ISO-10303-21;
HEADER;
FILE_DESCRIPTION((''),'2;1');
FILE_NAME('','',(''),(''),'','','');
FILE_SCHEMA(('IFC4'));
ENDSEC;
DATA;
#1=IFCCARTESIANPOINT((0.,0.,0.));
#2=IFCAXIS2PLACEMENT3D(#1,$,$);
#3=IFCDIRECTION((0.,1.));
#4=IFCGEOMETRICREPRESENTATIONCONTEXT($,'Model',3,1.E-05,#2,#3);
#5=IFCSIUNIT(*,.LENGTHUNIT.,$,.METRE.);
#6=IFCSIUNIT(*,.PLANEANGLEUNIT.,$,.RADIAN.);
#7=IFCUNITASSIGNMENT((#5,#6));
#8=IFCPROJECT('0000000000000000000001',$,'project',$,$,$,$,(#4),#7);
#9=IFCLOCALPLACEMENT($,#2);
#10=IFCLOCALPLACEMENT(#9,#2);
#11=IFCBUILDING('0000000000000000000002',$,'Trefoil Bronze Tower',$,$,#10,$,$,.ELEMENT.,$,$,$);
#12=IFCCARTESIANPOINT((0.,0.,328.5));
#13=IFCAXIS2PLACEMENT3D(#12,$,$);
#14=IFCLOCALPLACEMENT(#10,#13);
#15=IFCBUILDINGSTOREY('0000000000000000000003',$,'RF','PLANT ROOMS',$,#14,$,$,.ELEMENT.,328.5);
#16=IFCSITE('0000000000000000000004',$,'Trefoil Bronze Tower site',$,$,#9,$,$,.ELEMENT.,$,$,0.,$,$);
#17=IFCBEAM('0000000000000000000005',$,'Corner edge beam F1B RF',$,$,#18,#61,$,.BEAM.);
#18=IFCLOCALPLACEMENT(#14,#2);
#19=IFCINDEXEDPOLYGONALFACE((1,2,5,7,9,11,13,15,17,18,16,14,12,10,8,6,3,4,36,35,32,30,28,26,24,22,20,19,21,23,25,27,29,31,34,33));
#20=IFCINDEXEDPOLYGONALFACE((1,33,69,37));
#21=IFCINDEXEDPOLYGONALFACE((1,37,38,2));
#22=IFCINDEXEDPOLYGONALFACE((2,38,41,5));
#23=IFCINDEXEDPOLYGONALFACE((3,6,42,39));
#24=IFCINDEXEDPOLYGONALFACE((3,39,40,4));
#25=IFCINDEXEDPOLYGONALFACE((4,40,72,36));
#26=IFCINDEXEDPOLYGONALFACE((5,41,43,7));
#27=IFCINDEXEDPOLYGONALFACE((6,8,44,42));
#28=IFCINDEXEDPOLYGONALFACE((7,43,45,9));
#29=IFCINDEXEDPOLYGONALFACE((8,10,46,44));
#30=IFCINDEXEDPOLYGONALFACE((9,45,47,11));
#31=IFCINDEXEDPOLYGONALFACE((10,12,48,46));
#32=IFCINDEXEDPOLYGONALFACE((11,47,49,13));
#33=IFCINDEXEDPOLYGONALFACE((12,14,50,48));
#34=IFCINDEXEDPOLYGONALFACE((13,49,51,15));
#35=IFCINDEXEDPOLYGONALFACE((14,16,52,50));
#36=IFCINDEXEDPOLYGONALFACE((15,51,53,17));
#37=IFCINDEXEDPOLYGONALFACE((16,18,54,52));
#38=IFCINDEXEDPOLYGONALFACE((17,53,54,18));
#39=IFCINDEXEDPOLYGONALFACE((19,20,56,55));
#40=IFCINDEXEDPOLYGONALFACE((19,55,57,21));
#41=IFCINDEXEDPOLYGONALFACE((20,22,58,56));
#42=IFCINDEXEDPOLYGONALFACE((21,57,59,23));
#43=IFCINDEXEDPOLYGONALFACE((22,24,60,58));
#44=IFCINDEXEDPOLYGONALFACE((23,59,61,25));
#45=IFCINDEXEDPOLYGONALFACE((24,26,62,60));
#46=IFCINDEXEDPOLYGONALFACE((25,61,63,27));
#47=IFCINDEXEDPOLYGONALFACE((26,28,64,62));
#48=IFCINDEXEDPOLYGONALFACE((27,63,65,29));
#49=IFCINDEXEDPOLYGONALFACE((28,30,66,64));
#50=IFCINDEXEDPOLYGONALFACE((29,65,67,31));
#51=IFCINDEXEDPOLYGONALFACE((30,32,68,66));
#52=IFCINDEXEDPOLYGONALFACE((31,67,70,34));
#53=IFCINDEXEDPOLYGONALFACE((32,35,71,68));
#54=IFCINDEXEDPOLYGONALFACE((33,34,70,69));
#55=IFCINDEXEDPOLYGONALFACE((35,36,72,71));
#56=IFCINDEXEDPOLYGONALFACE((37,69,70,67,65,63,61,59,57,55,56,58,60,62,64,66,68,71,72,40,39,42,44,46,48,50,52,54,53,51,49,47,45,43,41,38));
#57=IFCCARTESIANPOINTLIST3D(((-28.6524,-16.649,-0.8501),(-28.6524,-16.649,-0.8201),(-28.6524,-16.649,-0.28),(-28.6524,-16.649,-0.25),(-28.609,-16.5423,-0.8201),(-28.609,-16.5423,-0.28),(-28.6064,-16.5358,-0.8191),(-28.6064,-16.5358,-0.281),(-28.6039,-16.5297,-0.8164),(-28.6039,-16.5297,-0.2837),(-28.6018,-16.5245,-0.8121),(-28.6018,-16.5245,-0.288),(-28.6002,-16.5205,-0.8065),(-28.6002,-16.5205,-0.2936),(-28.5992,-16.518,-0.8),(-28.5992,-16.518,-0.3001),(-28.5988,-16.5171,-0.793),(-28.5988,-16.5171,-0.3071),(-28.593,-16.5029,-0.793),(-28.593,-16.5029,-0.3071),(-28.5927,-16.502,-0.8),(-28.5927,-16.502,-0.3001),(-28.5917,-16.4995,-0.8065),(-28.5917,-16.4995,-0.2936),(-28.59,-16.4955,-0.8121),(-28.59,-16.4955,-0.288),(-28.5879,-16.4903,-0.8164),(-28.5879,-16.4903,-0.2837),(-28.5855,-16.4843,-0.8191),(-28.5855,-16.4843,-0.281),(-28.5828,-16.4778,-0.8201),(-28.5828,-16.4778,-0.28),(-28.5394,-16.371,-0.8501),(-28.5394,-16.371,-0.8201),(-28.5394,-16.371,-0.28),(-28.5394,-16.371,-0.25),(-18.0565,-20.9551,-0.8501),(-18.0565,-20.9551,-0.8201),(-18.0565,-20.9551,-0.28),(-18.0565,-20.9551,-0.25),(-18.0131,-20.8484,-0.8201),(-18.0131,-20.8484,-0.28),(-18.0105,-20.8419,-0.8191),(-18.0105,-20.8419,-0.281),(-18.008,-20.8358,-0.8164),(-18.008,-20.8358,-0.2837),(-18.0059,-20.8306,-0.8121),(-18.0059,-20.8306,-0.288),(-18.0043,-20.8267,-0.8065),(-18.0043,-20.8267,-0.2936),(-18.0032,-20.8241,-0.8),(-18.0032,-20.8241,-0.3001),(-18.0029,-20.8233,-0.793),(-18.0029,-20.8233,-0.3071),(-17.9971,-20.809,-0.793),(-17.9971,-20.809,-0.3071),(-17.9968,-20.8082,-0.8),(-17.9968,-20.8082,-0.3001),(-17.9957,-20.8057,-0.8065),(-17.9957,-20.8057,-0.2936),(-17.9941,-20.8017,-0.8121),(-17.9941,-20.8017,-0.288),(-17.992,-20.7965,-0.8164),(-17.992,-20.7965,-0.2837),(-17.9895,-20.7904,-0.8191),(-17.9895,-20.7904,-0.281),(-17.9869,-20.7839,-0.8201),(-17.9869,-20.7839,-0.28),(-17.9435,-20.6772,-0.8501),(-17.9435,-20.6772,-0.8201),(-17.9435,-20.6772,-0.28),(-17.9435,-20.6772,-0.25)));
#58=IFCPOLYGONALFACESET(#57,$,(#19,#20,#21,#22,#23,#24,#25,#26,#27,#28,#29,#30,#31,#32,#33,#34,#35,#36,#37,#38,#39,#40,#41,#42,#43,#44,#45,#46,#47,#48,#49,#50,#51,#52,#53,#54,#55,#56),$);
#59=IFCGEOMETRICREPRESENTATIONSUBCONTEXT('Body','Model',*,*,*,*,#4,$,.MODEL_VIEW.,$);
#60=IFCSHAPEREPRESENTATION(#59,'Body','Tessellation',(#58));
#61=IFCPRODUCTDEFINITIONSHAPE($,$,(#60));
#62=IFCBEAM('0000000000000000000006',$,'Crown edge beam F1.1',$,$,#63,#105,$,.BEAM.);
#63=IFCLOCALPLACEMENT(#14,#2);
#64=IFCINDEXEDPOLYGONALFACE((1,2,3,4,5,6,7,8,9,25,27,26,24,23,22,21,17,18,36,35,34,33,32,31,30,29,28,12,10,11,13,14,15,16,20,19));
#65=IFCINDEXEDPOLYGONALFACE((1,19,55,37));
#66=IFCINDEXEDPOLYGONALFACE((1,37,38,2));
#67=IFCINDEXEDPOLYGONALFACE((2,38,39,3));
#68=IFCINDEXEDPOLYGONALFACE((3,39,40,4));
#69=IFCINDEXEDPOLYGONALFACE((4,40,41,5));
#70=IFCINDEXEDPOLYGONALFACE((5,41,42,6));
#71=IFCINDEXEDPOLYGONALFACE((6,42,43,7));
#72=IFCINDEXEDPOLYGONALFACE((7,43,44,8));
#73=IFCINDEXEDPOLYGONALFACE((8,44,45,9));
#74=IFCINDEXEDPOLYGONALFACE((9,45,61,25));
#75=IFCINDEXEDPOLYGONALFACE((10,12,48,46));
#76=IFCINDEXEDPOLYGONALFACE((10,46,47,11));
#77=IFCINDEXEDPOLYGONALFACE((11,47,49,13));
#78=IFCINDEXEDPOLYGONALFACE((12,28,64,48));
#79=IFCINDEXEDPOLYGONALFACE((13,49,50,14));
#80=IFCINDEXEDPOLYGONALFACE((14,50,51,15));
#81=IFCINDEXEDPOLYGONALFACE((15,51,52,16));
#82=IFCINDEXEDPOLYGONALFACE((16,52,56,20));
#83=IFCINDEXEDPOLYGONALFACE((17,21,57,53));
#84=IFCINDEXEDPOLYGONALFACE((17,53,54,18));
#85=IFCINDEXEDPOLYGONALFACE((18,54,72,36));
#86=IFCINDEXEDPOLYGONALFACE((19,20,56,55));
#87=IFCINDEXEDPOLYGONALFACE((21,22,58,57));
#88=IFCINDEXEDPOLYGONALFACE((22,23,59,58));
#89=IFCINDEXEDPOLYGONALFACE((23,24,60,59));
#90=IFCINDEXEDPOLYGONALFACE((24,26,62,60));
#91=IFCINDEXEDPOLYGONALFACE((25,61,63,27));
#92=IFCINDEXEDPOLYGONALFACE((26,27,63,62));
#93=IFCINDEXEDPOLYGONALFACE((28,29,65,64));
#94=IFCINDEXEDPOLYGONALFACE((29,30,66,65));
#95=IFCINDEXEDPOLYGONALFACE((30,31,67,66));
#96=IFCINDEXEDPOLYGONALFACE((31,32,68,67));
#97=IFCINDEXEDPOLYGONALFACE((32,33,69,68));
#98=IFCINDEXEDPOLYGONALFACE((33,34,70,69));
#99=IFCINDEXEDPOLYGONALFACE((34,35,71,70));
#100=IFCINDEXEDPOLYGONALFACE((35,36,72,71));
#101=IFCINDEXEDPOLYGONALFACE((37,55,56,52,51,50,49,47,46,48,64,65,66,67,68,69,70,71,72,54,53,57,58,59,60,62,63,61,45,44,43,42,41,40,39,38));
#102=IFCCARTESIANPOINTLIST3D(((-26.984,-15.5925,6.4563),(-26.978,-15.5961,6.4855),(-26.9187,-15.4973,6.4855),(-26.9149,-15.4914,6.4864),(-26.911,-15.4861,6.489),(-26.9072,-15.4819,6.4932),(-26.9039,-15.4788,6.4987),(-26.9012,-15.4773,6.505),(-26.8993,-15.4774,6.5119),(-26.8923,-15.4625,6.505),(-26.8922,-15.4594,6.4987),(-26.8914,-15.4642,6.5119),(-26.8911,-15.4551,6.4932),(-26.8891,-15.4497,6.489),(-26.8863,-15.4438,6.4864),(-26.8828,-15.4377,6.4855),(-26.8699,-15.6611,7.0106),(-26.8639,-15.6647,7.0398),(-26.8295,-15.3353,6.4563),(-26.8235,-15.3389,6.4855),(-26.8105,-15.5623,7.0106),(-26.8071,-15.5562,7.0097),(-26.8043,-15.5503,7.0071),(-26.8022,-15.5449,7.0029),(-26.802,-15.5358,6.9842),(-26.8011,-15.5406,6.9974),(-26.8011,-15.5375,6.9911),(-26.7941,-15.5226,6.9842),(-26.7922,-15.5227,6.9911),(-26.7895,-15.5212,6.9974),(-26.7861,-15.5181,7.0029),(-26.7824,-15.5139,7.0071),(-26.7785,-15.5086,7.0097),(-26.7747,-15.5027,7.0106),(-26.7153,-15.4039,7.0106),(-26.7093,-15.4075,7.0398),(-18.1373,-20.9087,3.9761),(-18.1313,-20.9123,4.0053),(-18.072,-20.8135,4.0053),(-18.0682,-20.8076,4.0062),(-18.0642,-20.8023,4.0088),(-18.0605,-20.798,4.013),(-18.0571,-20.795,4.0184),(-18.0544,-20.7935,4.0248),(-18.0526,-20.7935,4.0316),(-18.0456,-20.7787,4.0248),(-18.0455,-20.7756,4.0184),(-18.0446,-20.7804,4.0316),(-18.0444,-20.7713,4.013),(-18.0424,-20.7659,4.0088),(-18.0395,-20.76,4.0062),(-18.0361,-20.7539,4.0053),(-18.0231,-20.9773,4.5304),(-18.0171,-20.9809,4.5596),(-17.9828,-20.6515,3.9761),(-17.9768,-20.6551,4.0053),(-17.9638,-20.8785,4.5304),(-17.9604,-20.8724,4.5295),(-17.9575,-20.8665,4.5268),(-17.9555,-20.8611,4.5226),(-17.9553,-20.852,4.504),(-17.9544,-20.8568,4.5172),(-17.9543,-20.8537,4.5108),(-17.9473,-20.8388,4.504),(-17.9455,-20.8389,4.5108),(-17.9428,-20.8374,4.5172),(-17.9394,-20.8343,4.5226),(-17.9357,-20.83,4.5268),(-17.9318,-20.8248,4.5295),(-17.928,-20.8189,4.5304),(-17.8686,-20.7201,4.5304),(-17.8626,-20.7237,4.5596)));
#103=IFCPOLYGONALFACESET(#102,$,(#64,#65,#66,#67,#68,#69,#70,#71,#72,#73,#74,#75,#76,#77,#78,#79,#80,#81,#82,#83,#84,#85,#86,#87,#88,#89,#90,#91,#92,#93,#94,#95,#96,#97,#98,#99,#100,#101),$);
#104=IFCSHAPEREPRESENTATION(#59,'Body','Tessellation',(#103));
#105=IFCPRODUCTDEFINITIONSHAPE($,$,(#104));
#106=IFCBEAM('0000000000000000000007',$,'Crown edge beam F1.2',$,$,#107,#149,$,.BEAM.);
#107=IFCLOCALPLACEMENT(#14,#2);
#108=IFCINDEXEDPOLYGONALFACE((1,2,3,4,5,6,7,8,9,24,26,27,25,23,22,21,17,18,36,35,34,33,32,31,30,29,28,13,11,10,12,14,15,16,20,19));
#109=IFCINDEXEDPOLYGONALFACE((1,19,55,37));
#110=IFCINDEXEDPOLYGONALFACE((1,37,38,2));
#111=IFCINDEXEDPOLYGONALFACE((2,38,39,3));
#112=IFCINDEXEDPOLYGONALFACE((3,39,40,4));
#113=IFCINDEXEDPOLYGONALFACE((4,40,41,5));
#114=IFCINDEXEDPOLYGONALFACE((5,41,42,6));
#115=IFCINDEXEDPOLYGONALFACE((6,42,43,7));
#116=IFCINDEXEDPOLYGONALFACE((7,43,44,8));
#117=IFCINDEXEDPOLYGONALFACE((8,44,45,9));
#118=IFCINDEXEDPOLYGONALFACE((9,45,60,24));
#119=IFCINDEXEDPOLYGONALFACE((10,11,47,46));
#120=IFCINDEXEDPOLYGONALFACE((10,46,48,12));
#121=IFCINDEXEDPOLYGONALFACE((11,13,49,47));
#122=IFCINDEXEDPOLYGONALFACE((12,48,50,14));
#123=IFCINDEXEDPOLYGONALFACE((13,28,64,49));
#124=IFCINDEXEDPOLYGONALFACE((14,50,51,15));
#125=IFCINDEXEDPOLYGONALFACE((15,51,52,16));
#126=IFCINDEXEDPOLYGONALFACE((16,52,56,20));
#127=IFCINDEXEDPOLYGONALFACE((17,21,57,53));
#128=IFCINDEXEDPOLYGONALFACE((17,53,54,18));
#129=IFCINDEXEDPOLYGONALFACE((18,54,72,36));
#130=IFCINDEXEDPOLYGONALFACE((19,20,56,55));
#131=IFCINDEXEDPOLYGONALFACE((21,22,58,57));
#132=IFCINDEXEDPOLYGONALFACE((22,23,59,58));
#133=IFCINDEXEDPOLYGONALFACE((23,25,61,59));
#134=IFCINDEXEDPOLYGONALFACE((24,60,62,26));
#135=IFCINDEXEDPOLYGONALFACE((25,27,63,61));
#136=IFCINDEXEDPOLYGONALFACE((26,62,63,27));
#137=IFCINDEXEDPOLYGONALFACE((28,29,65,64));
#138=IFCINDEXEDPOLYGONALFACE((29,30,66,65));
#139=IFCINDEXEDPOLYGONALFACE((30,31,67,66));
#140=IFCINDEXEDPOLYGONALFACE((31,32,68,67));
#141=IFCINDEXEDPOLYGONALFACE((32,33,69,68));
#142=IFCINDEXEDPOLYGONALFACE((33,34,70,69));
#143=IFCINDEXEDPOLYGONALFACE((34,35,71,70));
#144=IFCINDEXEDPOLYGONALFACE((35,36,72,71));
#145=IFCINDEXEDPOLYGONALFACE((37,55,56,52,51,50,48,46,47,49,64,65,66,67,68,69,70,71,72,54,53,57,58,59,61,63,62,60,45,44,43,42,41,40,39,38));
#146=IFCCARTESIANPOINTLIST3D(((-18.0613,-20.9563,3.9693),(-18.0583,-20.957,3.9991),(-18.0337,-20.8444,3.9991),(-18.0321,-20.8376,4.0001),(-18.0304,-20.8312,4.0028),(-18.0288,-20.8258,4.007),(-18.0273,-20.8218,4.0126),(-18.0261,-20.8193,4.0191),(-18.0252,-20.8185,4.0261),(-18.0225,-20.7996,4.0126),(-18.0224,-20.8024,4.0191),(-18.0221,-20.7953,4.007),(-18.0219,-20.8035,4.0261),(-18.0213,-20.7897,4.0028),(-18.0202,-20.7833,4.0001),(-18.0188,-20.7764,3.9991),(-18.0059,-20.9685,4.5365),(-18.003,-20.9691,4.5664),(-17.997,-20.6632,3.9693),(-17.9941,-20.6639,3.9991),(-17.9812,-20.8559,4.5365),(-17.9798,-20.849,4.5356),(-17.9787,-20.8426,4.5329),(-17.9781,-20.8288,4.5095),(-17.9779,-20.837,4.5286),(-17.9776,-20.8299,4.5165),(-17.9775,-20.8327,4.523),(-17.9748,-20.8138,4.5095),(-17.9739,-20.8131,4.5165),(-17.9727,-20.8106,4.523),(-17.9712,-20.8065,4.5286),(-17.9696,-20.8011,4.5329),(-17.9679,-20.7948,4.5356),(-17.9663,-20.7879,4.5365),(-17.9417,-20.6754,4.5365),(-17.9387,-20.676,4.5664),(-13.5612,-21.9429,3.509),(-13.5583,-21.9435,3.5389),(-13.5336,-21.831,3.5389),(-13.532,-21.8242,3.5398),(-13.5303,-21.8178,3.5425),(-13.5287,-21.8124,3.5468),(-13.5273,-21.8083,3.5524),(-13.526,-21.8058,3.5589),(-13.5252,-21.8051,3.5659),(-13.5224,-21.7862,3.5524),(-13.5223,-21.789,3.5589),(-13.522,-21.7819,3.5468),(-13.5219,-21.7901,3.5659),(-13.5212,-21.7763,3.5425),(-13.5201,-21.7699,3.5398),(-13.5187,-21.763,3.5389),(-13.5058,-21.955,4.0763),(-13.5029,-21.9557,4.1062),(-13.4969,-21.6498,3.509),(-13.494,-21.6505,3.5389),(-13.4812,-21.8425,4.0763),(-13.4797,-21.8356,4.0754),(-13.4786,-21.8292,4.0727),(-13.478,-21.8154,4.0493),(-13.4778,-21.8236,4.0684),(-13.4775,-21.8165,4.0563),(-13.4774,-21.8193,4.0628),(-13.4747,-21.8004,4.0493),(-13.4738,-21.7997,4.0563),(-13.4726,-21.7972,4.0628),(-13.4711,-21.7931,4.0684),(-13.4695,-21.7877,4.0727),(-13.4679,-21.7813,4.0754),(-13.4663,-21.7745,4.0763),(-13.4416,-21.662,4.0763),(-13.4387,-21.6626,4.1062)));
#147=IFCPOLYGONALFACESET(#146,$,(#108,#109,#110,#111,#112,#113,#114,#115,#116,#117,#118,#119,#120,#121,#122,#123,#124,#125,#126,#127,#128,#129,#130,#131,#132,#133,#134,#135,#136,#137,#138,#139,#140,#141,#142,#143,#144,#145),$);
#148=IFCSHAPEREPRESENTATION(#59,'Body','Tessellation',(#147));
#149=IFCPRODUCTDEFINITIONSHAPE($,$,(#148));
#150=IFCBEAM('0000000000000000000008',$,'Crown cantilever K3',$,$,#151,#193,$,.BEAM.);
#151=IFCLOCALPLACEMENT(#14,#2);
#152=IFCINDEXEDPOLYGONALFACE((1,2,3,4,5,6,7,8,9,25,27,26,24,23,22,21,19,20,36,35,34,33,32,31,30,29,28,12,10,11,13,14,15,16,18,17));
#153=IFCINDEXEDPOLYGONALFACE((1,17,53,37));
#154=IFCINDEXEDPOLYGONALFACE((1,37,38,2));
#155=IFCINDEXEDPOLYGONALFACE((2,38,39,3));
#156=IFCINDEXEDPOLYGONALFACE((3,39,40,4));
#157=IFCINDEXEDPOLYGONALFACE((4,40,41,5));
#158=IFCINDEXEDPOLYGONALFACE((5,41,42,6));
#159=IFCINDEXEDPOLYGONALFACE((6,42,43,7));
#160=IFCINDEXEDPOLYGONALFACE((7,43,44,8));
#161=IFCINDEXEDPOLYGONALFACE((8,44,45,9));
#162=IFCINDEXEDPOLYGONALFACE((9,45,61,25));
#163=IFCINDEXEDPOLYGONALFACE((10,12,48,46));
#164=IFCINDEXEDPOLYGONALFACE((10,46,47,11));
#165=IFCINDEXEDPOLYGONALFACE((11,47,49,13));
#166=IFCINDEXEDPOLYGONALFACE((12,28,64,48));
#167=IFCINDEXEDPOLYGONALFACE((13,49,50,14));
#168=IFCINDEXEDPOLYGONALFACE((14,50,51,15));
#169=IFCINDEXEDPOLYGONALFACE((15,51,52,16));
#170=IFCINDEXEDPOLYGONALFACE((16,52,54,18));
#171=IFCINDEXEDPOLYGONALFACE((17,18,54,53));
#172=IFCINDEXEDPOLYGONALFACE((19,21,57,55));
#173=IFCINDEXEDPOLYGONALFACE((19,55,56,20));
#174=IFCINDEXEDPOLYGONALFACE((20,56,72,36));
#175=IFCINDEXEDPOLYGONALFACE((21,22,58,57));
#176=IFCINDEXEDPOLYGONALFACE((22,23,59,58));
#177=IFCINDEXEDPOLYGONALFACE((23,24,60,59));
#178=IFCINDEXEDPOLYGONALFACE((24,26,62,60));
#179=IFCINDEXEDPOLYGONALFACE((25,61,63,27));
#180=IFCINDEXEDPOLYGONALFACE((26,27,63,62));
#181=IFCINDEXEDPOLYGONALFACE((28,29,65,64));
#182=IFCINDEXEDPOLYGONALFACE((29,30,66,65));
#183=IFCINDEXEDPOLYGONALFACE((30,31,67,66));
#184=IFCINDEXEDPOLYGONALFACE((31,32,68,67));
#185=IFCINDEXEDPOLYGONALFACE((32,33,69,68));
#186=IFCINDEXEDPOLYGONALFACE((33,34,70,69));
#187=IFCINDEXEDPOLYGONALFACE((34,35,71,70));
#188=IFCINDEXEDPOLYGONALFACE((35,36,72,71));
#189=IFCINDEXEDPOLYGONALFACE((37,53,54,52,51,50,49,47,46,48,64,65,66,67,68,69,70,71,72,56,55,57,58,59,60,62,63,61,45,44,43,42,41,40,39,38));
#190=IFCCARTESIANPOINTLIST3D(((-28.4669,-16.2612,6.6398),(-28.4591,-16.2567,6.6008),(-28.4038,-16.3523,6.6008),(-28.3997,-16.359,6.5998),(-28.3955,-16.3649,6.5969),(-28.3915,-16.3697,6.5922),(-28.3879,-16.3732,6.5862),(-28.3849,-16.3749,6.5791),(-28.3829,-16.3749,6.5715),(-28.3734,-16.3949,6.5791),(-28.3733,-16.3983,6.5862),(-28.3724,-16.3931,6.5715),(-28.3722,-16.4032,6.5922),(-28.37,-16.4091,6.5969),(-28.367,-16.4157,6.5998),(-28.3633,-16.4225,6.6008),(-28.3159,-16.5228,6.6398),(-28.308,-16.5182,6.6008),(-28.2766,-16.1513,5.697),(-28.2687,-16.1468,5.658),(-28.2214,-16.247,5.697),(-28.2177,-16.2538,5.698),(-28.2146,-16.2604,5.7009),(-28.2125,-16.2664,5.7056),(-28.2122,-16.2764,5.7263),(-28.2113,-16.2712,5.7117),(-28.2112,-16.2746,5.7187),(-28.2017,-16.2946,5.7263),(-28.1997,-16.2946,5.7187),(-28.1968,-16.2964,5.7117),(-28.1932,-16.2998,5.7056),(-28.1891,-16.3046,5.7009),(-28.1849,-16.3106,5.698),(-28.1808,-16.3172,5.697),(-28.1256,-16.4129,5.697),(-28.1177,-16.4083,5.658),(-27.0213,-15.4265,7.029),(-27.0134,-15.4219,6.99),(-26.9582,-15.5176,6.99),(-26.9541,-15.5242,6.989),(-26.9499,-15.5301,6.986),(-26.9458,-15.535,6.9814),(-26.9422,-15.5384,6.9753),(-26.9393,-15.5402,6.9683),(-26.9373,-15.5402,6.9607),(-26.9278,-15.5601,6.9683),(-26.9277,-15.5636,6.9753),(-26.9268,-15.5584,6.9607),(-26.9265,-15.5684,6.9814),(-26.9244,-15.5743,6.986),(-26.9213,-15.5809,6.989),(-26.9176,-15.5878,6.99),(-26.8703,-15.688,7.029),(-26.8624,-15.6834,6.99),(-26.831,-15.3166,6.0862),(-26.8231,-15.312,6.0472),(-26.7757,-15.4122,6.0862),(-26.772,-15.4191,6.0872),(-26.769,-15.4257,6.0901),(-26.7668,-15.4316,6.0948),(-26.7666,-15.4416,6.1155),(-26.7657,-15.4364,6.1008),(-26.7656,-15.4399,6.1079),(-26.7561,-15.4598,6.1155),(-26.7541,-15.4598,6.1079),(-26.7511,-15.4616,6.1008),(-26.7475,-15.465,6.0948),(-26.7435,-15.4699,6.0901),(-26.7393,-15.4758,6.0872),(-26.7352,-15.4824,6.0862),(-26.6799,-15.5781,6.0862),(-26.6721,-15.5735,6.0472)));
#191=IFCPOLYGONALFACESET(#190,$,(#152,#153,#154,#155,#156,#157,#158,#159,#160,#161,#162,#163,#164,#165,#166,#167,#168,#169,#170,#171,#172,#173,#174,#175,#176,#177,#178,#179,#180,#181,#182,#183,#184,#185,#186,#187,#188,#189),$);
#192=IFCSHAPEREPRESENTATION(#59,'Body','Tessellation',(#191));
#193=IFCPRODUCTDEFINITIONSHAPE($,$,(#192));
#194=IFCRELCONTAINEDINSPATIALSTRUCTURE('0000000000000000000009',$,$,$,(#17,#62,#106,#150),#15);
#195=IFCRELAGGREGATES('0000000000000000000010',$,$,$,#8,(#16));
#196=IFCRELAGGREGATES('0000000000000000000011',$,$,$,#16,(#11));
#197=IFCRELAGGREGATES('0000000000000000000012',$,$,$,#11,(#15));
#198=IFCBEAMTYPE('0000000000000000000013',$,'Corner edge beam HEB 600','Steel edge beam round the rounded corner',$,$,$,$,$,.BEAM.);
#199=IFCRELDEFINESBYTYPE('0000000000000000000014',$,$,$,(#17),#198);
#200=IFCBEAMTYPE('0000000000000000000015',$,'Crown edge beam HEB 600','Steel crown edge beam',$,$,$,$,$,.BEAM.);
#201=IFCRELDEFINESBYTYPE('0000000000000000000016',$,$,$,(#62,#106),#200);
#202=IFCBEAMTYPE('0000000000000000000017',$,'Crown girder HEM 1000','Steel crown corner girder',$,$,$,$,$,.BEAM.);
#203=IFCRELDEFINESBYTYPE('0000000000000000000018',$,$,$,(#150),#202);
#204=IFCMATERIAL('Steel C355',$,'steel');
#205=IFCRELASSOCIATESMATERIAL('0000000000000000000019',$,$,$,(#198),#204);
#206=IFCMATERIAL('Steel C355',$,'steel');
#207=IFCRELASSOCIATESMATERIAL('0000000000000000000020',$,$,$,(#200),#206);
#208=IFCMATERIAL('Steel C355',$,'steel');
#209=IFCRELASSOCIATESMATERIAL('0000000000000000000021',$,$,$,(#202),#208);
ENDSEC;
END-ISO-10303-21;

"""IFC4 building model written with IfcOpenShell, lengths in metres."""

from ifc_helpers import new_model, si_unit, direction, frame, origin, origin_2d, place, context, subcontext, project, spatial, i_section, extrude, material, material_profile, profile_set, type_object, element, save


model = new_model("IFC4")

# Units and contexts
model_context = context("Model", 3, precision=1e-05, world=origin(), true_north=direction((0.0, 1.0)))
body_context = subcontext(model_context, "Body", "Model", "MODEL_VIEW")
ifc_project = project(units=[si_unit("LENGTHUNIT", "METRE"), si_unit("PLANEANGLEUNIT", "RADIAN")], contexts=[model_context])

# Site, building, storey
site_placement = place(None, origin())
site = spatial("IfcSite", under=ifc_project, at=site_placement, Name="Trefoil Bronze Tower site", CompositionType="ELEMENT", RefElevation=0.0)
building_placement = place(site_placement, origin())
building = spatial("IfcBuilding", under=site, at=building_placement, Name="Trefoil Bronze Tower", CompositionType="ELEMENT")
storey_placement = place(building_placement, frame((0.0, 0.0, 328.5)))
storey = spatial("IfcBuildingStorey", under=building, at=storey_placement, Name="RF", Description="PLANT ROOMS", CompositionType="ELEMENT", Elevation=328.5)

# Beams
ifc_material_1 = material(Name="Steel C355", Category="steel")
ifc_material_profile_1 = material_profile(ifc_material_1, i_section(OverallWidth=0.3, OverallDepth=0.6001, WebThickness=0.0154, FlangeThickness=0.03, FilletRadius=0.0271, at=origin_2d()), Name="HEB 600")
ifc_profile_set_1 = profile_set([ifc_material_profile_1], Name="Steel C355")
beam_type_1 = type_object("IfcBeamType", Name="Corner edge beam HEB 600", Description="Steel edge beam round the rounded corner", PredefinedType="BEAM", material=ifc_profile_set_1)
beam_1_placement = place(storey_placement, frame((-18.0, -20.8162, -0.55), z_axis=(-0.926419, 0.376493, 0.0), x_axis=(-0.376493, -0.926419, 0.0)))
element("IfcBeam", 1, at=beam_1_placement, inside=storey, type_object=beam_type_1, Name="Corner edge beam F1B RF", PredefinedType="BEAM", context=body_context, shape_type="SweptSolid", body=[
    extrude(i_section(OverallWidth=0.3, OverallDepth=0.6001, WebThickness=0.0154, FlangeThickness=0.03, FilletRadius=0.0271, at=origin_2d()), origin(), (0.0, 0.0, 1.0), 11.4375),
])
ifc_material_2 = material(Name="Steel C355", Category="steel")
ifc_material_profile_2 = material_profile(ifc_material_2, i_section(OverallWidth=0.3, OverallDepth=0.6001, WebThickness=0.0154, FlangeThickness=0.03, FilletRadius=0.0271, at=origin_2d()), Name="HEB 600")
ifc_profile_set_2 = profile_set([ifc_material_profile_2], Name="Steel C355")
beam_type_2 = type_object("IfcBeamType", Name="Crown edge beam HEB 600", Description="Steel crown edge beam", PredefinedType="BEAM", material=ifc_profile_set_2)
beam_2_placement = place(storey_placement, frame((-26.8467, -15.5, 6.748), z_axis=(0.833418, -0.500819, -0.233654), x_axis=(0.515077, 0.857144, 0.0)))
element("IfcBeam", 2, at=beam_2_placement, inside=storey, type_object=beam_type_2, Name="Crown edge beam F1.1", PredefinedType="BEAM", context=body_context, shape_type="SweptSolid", body=[
    extrude(i_section(OverallWidth=0.3, OverallDepth=0.6001, WebThickness=0.0154, FlangeThickness=0.03, FilletRadius=0.0271, at=origin_2d()), origin(), (0.0, 0.0, 1.0), 10.615),
])
beam_3_placement = place(storey_placement, frame((-18.0, -20.8162, 4.2678), z_axis=(0.971963, -0.213091, -0.0994), x_axis=(0.214152, 0.9768, 0.0)))
element("IfcBeam", 3, at=beam_3_placement, inside=storey, type_object=beam_type_2, Name="Crown edge beam F1.2", PredefinedType="BEAM", context=body_context, shape_type="SweptSolid", body=[
    extrude(i_section(OverallWidth=0.3, OverallDepth=0.6001, WebThickness=0.0154, FlangeThickness=0.03, FilletRadius=0.0271, at=origin_2d()), origin(), (0.0, 0.0, 1.0), 4.6299),
])
ifc_material_3 = material(Name="Steel C355", Category="steel")
ifc_material_profile_3 = material_profile(ifc_material_3, i_section(OverallWidth=0.302, OverallDepth=1.0081, WebThickness=0.021, FlangeThickness=0.04, FilletRadius=0.03, at=origin_2d()), Name="HEM 1000")
ifc_profile_set_3 = profile_set([ifc_material_profile_3], Name="Steel C355")
beam_type_3 = type_object("IfcBeamType", Name="Crown girder HEM 1000", Description="Steel crown corner girder", PredefinedType="BEAM", material=ifc_profile_set_3)
beam_4_placement = place(storey_placement, frame((-26.8467, -15.5, 6.5381), z_axis=(-0.843377, -0.486996, -0.227047), x_axis=(0.500056, -0.865993, 0.0)))
element("IfcBeam", 4, at=beam_4_placement, inside=storey, type_object=beam_type_3, Name="Crown cantilever K3", PredefinedType="BEAM", context=body_context, shape_type="SweptSolid", body=[
    extrude(i_section(OverallWidth=0.302, OverallDepth=1.0081, WebThickness=0.021, FlangeThickness=0.04, FilletRadius=0.03, at=origin_2d()), origin(), (0.0, 0.0, 1.0), 1.7141),
])

save(model, "model.ifc")
